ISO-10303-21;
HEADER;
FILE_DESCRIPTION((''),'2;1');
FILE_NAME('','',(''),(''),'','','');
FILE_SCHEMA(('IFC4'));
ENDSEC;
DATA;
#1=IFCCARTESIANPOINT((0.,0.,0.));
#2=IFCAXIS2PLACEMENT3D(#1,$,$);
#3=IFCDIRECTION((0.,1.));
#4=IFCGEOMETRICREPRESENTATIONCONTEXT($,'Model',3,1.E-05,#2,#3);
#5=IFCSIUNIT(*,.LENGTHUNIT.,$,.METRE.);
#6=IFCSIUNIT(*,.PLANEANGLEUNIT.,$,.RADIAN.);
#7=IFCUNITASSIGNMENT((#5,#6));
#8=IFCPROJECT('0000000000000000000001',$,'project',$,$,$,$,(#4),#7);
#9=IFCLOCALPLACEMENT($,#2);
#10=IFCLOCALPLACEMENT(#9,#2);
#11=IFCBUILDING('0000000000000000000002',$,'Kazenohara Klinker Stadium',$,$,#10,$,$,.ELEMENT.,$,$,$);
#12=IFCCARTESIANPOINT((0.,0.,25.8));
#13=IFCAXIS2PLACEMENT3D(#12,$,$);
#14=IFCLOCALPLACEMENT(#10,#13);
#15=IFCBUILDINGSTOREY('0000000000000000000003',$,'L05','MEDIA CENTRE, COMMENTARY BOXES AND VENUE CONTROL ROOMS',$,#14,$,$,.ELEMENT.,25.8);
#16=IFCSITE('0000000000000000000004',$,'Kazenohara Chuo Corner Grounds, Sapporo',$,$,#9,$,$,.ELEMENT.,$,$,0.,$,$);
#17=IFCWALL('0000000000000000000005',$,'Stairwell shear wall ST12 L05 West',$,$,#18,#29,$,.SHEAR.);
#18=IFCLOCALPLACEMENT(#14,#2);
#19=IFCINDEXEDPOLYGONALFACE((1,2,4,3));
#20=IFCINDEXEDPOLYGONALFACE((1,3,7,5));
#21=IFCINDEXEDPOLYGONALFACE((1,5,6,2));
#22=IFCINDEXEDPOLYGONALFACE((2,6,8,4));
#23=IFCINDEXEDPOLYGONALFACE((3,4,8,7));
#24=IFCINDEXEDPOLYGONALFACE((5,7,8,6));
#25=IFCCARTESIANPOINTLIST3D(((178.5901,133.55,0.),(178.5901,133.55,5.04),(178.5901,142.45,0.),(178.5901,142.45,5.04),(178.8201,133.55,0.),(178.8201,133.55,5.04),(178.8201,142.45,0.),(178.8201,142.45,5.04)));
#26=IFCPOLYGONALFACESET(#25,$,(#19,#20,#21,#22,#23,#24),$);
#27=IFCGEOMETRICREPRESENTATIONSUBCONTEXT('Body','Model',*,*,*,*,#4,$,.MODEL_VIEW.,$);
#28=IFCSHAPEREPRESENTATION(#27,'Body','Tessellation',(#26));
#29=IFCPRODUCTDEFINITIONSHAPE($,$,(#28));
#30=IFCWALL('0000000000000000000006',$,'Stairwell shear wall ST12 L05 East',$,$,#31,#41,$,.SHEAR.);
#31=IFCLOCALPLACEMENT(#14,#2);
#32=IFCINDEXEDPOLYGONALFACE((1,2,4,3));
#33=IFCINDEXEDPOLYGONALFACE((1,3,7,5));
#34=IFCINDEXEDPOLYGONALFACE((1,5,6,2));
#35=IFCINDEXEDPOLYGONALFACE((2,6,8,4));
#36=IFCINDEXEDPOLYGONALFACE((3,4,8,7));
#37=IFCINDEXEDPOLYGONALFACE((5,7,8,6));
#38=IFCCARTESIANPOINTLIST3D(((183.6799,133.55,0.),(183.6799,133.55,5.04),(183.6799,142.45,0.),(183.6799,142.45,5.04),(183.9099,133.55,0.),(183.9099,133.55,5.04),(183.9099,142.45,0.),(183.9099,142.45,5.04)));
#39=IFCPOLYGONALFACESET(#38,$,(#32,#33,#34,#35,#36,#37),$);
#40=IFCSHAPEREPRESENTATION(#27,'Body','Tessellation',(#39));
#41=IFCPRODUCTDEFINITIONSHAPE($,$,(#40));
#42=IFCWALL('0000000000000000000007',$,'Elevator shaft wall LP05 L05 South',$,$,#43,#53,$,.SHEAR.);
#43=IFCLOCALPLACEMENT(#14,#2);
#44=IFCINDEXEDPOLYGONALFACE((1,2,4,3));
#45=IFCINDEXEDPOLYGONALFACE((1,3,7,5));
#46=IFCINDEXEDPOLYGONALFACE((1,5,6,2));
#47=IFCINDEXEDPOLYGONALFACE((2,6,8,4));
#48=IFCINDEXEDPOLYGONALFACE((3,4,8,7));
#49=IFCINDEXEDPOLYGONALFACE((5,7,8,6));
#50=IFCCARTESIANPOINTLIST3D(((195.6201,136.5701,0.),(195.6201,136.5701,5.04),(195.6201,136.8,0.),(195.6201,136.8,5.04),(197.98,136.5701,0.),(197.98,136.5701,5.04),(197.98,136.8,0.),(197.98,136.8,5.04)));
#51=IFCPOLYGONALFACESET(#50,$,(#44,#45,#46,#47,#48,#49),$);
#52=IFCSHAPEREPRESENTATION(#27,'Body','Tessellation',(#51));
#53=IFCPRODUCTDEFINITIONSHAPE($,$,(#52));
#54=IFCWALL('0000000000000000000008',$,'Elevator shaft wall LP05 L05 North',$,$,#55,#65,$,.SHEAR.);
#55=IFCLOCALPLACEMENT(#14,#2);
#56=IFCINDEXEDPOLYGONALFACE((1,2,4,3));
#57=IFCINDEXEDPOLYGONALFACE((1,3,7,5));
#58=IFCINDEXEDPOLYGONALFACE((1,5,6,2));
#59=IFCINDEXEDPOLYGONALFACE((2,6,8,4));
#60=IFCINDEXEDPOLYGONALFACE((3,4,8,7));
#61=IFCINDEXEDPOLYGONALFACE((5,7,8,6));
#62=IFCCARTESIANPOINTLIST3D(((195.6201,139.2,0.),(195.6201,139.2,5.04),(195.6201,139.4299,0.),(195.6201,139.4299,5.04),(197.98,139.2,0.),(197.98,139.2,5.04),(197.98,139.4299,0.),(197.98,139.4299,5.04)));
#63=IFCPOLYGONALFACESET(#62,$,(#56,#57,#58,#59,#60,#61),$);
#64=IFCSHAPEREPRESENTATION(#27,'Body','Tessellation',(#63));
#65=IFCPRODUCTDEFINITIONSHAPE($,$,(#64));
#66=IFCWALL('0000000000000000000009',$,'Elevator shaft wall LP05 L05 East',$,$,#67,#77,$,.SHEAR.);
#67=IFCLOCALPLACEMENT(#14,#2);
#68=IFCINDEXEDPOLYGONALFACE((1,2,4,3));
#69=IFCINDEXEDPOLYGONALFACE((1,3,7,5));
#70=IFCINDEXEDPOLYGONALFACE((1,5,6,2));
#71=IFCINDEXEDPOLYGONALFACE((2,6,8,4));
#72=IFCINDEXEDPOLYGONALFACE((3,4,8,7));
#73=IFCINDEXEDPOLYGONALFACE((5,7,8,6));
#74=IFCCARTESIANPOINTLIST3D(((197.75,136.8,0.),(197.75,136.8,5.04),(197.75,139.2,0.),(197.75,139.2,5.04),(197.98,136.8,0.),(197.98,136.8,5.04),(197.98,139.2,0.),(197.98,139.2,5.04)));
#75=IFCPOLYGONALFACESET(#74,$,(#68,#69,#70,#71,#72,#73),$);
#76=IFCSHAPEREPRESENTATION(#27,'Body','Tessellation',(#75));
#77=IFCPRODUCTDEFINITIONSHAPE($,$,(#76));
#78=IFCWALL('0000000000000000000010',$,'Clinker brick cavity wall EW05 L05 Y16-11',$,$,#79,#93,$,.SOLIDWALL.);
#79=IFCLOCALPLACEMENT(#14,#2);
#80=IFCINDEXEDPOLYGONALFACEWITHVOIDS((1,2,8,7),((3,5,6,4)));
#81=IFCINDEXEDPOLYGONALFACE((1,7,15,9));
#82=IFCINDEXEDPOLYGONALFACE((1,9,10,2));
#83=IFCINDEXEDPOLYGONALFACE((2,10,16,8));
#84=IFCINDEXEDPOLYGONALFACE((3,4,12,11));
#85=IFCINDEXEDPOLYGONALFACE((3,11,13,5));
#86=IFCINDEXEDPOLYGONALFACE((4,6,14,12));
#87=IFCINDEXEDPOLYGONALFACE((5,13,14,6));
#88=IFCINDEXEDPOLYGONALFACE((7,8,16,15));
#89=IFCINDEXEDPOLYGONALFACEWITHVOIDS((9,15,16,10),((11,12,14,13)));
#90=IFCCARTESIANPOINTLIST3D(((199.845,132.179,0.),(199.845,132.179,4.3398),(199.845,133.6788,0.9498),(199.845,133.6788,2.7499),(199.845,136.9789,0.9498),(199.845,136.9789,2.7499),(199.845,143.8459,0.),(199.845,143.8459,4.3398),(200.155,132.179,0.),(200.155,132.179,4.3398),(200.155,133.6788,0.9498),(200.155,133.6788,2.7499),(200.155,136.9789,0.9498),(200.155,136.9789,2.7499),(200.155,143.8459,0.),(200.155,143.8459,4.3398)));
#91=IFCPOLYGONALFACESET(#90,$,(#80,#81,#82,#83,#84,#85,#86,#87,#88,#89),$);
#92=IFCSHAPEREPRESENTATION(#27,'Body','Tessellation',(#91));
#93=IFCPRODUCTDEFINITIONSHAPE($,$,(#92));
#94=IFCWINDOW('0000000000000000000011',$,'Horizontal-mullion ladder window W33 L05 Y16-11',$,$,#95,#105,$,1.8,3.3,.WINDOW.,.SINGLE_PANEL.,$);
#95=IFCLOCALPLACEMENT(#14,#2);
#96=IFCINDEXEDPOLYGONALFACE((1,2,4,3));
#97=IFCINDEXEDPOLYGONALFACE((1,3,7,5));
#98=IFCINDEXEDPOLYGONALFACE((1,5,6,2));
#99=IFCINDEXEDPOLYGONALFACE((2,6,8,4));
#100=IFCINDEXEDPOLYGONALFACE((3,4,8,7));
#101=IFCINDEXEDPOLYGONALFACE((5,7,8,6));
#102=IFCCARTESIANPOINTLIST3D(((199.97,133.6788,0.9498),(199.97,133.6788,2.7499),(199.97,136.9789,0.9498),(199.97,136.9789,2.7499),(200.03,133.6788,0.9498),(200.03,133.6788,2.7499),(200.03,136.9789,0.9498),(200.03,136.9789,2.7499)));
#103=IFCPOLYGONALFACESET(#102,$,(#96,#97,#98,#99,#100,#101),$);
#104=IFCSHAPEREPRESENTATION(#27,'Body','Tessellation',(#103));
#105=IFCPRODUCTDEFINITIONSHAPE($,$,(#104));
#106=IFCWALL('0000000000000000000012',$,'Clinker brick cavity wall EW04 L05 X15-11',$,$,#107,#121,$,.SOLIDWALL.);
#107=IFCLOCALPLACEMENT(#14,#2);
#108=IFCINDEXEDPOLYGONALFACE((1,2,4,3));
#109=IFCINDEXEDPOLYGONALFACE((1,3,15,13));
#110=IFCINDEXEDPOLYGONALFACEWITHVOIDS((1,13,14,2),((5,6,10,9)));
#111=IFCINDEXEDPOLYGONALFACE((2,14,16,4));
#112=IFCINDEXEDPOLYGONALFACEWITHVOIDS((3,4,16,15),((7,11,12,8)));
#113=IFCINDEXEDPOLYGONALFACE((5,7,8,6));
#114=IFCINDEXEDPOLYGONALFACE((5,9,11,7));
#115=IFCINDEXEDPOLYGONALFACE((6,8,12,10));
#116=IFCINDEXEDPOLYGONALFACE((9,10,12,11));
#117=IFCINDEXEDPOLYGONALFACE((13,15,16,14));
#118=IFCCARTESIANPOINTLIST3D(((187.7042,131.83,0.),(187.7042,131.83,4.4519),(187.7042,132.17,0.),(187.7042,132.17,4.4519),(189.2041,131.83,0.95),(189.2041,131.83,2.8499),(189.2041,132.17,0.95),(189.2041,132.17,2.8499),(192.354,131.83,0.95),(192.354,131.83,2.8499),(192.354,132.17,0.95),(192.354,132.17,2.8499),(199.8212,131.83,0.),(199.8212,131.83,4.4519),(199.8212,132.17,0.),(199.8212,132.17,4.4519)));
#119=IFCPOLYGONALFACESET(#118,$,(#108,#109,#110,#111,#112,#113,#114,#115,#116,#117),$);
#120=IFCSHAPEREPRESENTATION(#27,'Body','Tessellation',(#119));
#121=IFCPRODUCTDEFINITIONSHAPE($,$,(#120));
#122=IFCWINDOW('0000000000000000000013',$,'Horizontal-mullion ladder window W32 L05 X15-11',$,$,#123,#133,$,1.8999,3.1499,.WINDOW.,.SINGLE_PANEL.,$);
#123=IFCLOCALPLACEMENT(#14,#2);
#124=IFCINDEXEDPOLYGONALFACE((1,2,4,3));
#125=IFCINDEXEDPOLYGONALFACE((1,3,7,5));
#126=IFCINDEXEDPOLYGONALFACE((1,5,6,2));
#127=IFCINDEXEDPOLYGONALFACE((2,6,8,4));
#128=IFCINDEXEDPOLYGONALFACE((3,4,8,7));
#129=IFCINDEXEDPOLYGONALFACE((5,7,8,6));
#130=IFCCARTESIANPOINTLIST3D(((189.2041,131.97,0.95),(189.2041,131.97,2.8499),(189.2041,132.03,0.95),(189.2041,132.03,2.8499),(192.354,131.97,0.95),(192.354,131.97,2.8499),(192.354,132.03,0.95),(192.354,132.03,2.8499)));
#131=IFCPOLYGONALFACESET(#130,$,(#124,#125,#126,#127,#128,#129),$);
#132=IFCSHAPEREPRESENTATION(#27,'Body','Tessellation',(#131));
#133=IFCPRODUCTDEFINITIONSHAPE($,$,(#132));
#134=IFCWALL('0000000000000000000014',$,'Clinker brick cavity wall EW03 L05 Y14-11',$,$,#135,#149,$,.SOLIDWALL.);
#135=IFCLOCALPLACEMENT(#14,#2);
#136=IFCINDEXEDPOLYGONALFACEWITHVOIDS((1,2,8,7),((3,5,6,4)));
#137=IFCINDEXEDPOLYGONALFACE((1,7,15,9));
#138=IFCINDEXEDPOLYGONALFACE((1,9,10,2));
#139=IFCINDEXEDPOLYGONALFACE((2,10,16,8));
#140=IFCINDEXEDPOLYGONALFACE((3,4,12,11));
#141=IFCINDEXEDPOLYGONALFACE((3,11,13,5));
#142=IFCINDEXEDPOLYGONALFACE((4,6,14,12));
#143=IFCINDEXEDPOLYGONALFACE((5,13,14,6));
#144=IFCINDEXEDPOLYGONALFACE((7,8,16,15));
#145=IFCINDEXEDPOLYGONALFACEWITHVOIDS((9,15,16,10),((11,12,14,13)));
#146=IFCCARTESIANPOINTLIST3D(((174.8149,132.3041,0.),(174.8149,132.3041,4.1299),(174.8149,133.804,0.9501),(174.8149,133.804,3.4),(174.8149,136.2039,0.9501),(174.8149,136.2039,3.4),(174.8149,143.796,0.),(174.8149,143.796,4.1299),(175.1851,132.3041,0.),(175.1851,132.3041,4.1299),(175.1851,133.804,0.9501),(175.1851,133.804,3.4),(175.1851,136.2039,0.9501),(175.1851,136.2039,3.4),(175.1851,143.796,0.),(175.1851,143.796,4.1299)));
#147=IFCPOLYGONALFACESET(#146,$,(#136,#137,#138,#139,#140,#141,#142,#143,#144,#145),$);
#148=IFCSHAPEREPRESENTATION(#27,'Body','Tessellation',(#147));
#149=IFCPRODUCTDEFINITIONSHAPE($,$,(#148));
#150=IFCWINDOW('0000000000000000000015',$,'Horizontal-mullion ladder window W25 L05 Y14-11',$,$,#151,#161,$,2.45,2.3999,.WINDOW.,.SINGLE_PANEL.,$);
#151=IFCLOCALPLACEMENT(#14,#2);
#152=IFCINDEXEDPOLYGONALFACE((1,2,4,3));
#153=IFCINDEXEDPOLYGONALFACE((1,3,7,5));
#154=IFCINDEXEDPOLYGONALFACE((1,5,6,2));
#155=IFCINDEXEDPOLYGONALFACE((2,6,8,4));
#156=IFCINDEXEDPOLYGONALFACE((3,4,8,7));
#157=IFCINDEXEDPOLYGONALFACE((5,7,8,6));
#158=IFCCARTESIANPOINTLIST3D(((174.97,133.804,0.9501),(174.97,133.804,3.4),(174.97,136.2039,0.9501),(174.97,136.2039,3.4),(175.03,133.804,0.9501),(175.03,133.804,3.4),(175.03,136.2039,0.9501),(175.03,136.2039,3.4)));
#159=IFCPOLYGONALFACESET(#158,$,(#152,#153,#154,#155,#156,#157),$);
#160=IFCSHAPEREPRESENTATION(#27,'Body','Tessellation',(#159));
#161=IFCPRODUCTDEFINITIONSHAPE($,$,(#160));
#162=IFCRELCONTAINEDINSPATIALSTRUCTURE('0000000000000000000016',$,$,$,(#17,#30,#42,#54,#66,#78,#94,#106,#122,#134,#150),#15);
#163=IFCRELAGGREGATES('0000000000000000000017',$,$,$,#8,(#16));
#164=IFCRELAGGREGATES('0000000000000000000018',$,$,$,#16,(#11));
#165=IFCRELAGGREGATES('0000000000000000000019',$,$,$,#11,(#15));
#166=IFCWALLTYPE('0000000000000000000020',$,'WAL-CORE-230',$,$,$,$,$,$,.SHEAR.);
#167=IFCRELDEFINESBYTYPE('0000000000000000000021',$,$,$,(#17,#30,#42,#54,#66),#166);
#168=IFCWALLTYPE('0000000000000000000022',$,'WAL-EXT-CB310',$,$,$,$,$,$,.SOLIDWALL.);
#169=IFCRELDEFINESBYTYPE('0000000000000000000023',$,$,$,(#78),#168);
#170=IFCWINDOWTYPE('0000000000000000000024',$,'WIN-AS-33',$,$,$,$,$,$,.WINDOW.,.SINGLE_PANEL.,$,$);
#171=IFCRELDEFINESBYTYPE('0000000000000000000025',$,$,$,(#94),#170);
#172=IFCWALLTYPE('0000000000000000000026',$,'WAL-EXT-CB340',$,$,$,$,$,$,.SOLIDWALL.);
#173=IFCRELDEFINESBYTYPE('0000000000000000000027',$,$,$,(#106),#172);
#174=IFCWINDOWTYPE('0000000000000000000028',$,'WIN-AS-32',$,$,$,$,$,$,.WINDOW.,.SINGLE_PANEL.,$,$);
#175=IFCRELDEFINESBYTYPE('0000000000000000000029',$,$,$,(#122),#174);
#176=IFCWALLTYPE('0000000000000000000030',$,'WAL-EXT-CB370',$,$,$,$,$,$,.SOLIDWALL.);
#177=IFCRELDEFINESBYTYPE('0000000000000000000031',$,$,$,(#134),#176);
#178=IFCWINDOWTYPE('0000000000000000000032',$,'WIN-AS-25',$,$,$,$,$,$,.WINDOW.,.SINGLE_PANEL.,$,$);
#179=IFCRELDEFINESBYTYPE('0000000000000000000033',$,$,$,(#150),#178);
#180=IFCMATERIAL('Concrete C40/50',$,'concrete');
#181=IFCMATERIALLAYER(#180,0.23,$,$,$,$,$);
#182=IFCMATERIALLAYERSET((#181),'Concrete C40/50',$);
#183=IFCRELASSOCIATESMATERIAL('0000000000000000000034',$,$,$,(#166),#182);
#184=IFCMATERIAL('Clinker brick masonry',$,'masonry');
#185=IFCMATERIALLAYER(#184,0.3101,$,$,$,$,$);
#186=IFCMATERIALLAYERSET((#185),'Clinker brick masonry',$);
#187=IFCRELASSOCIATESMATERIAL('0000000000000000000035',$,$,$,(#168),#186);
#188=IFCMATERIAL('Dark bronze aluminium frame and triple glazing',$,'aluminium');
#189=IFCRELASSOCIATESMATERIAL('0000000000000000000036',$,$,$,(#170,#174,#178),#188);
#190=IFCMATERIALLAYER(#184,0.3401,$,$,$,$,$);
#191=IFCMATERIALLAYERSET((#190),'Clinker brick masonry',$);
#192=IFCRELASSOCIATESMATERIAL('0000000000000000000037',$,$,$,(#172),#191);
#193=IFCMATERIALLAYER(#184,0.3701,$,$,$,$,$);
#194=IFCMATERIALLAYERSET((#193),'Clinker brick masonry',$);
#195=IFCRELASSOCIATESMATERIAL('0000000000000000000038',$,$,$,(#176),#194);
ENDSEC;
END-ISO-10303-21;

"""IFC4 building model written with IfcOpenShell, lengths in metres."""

from ifc_helpers import new_model, si_unit, direction, frame, frame_2d, origin, place, context, subcontext, project, spatial, rectangle, extrude, material, layer, layer_set, type_object, element, fill, save


model = new_model("IFC4")

# Units and contexts
model_context = context("Model", 3, precision=1e-05, world=origin(), true_north=direction((0.0, 1.0)))
body_context = subcontext(model_context, "Body", "Model", "MODEL_VIEW")
ifc_project = project(units=[si_unit("LENGTHUNIT", "METRE"), si_unit("PLANEANGLEUNIT", "RADIAN")], contexts=[model_context])

# Site, building, storey
site_placement = place(None, origin())
site = spatial("IfcSite", under=ifc_project, at=site_placement, Name="Kazenohara Chuo Corner Grounds, Sapporo", CompositionType="ELEMENT", RefElevation=0.0)
building_placement = place(site_placement, origin())
building = spatial("IfcBuilding", under=site, at=building_placement, Name="Kazenohara Klinker Stadium", CompositionType="ELEMENT")
storey_placement = place(building_placement, frame((0.0, 0.0, 25.8)))
storey = spatial("IfcBuildingStorey", under=building, at=storey_placement, Name="L05", Description="MEDIA CENTRE, COMMENTARY BOXES AND VENUE CONTROL ROOMS", CompositionType="ELEMENT", Elevation=25.8)

# Shared definitions
ifc_material_1 = material(Name="Concrete C40/50", Category="concrete")

# Shared definitions
ifc_layer_1 = layer(ifc_material_1, 0.23)
ifc_layer_set_1 = layer_set([ifc_layer_1], Name="Concrete C40/50")
wall_type_1 = type_object("IfcWallType", Name="WAL-CORE-230", PredefinedType="SHEAR", material=ifc_layer_set_1)

# Walls
for number, where, z_axis, x_axis, name in (
    (1, (178.7051, 133.55, 0.0), (0.0, 0.0, 1.0), (0.0, 1.0, 0.0), "Stairwell shear wall ST12 L05 West"),
    (2, (183.7949, 133.55, 0.0), (0.0, 0.0, 1.0), (0.0, 1.0, 0.0), "Stairwell shear wall ST12 L05 East"),
):
    element("IfcWall", number, at=place(storey_placement, frame(where, z_axis=z_axis, x_axis=x_axis)), inside=storey, type_object=wall_type_1, Name=name, PredefinedType="SHEAR", context=body_context, shape_type="SweptSolid", body=[
        extrude(rectangle(XDim=8.8999, YDim=0.23, at=frame_2d((4.45, 0.0))), origin(), (0.0, 0.0, 1.0), 5.04),
    ])
for number, where, z_axis, x_axis, name in (
    (3, (195.6201, 136.6851, 0.0), (0.0, 0.0, 1.0), (1.0, 0.0, 0.0), "Elevator shaft wall LP05 L05 South"),
    (4, (195.6201, 139.3149, 0.0), (0.0, 0.0, 1.0), (1.0, 0.0, 0.0), "Elevator shaft wall LP05 L05 North"),
):
    element("IfcWall", number, at=place(storey_placement, frame(where, z_axis=z_axis, x_axis=x_axis)), inside=storey, type_object=wall_type_1, Name=name, PredefinedType="SHEAR", context=body_context, shape_type="SweptSolid", body=[
        extrude(rectangle(XDim=2.3599, YDim=0.23, at=frame_2d((1.1799, 0.0))), origin(), (0.0, 0.0, 1.0), 5.04),
    ])

# Wall
wall_1_placement = place(storey_placement, frame((197.865, 136.8, 0.0), z_axis=(0.0, 0.0, 1.0), x_axis=(0.0, 1.0, 0.0)))
element("IfcWall", 5, at=wall_1_placement, inside=storey, type_object=wall_type_1, Name="Elevator shaft wall LP05 L05 East", PredefinedType="SHEAR", context=body_context, shape_type="SweptSolid", body=[
    extrude(rectangle(XDim=2.3999, YDim=0.23, at=frame_2d((1.2, 0.0))), origin(), (0.0, 0.0, 1.0), 5.04),
])

# Walls, openings, windows
ifc_material_2 = material(Name="Clinker brick masonry", Category="masonry")
ifc_layer_2 = layer(ifc_material_2, 0.3101)
ifc_layer_set_2 = layer_set([ifc_layer_2], Name="Clinker brick masonry")
wall_type_2 = type_object("IfcWallType", Name="WAL-EXT-CB310", PredefinedType="SOLIDWALL", material=ifc_layer_set_2)
wall_2_placement = place(storey_placement, frame((200.0, 132.179, 0.0), z_axis=(0.0, 0.0, 1.0), x_axis=(0.0, 1.0, 0.0)))
wall_2 = element("IfcWall", 6, at=wall_2_placement, inside=storey, type_object=wall_type_2, Name="Clinker brick cavity wall EW05 L05 Y16-11", PredefinedType="SOLIDWALL", context=body_context, shape_type="SweptSolid", body=[
    extrude(rectangle(XDim=11.667, YDim=0.3101, at=frame_2d((5.8335, 0.0))), origin(), (0.0, 0.0, 1.0), 4.3398),
])
opening_1_placement = place(wall_2_placement, frame((1.5, 0.0, 0.95)))
opening_1 = element("IfcOpeningElement", 7, at=opening_1_placement, cuts=wall_2, PredefinedType="OPENING", context=body_context, shape_type="SweptSolid", body=[
    extrude(rectangle(XDim=3.3, YDim=1.8, at=frame_2d((1.6499, 0.8999))), frame((0.0, 0.165, 0.0), z_axis=(0.0, -1.0, 0.0), x_axis=(1.0, 0.0, 0.0)), (0.0, 0.0, 1.0), 0.3301),
])
ifc_material_3 = material(Name="Dark bronze aluminium frame and triple glazing", Category="aluminium")
window_type_1 = type_object("IfcWindowType", Name="WIN-AS-33", PartitioningType="SINGLE_PANEL", PredefinedType="WINDOW", material=ifc_material_3)
window_1_placement = place(opening_1_placement, origin())
window_1 = element("IfcWindow", 8, at=window_1_placement, inside=storey, type_object=window_type_1, Name="Horizontal-mullion ladder window W33 L05 Y16-11", OverallHeight=1.8, OverallWidth=3.3, PartitioningType="SINGLE_PANEL", PredefinedType="WINDOW", context=body_context, shape_type="SweptSolid", body=[
    extrude(rectangle(XDim=3.3, YDim=1.8, at=frame_2d((1.6499, 0.8999))), frame((0.0, 0.03, 0.0), z_axis=(0.0, -1.0, 0.0), x_axis=(1.0, 0.0, 0.0)), (0.0, 0.0, 1.0), 0.0601),
])
fill(opening_1, window_1)
ifc_layer_3 = layer(ifc_material_2, 0.3401)
ifc_layer_set_3 = layer_set([ifc_layer_3], Name="Clinker brick masonry")
wall_type_3 = type_object("IfcWallType", Name="WAL-EXT-CB340", PredefinedType="SOLIDWALL", material=ifc_layer_set_3)
wall_3_placement = place(storey_placement, frame((187.7041, 132.0, 0.0), z_axis=(0.0, 0.0, 1.0), x_axis=(1.0, 0.0, 0.0)))
wall_3 = element("IfcWall", 9, at=wall_3_placement, inside=storey, type_object=wall_type_3, Name="Clinker brick cavity wall EW04 L05 X15-11", PredefinedType="SOLIDWALL", context=body_context, shape_type="SweptSolid", body=[
    extrude(rectangle(XDim=12.1169, YDim=0.3401, at=frame_2d((6.0586, 0.0))), origin(), (0.0, 0.0, 1.0), 4.4519),
])
opening_2_placement = place(wall_3_placement, frame((1.5, 0.0, 0.95)))
opening_2 = element("IfcOpeningElement", 10, at=opening_2_placement, cuts=wall_3, PredefinedType="OPENING", context=body_context, shape_type="SweptSolid", body=[
    extrude(rectangle(XDim=3.1499, YDim=1.8999, at=frame_2d((1.575, 0.95))), frame((0.0, 0.1802, 0.0), z_axis=(0.0, -1.0, 0.0), x_axis=(1.0, 0.0, 0.0)), (0.0, 0.0, 1.0), 0.3601),
])
window_type_2 = type_object("IfcWindowType", Name="WIN-AS-32", PartitioningType="SINGLE_PANEL", PredefinedType="WINDOW", material=ifc_material_3)
window_2_placement = place(opening_2_placement, origin())
window_2 = element("IfcWindow", 11, at=window_2_placement, inside=storey, type_object=window_type_2, Name="Horizontal-mullion ladder window W32 L05 X15-11", OverallHeight=1.8999, OverallWidth=3.1499, PartitioningType="SINGLE_PANEL", PredefinedType="WINDOW", context=body_context, shape_type="SweptSolid", body=[
    extrude(rectangle(XDim=3.1499, YDim=1.8999, at=frame_2d((1.575, 0.95))), frame((0.0, 0.03, 0.0), z_axis=(0.0, -1.0, 0.0), x_axis=(1.0, 0.0, 0.0)), (0.0, 0.0, 1.0), 0.0601),
])
fill(opening_2, window_2)
ifc_layer_4 = layer(ifc_material_2, 0.3701)
ifc_layer_set_4 = layer_set([ifc_layer_4], Name="Clinker brick masonry")
wall_type_4 = type_object("IfcWallType", Name="WAL-EXT-CB370", PredefinedType="SOLIDWALL", material=ifc_layer_set_4)
wall_4_placement = place(storey_placement, frame((175.0, 132.304, 0.0), z_axis=(0.0, 0.0, 1.0), x_axis=(0.0, 1.0, 0.0)))
wall_4 = element("IfcWall", 12, at=wall_4_placement, inside=storey, type_object=wall_type_4, Name="Clinker brick cavity wall EW03 L05 Y14-11", PredefinedType="SOLIDWALL", context=body_context, shape_type="SweptSolid", body=[
    extrude(rectangle(XDim=11.4919, YDim=0.3701, at=frame_2d((5.7461, 0.0))), origin(), (0.0, 0.0, 1.0), 4.1299),
])
opening_3_placement = place(wall_4_placement, frame((1.5, 0.0, 0.95)))
opening_3 = element("IfcOpeningElement", 13, at=opening_3_placement, cuts=wall_4, PredefinedType="OPENING", context=body_context, shape_type="SweptSolid", body=[
    extrude(rectangle(XDim=2.3999, YDim=2.45, at=frame_2d((1.2, 1.2251))), frame((0.0, 0.1951, 0.0), z_axis=(0.0, -1.0, 0.0), x_axis=(1.0, 0.0, 0.0)), (0.0, 0.0, 1.0), 0.3901),
])
window_type_3 = type_object("IfcWindowType", Name="WIN-AS-25", PartitioningType="SINGLE_PANEL", PredefinedType="WINDOW", material=ifc_material_3)
window_3_placement = place(opening_3_placement, origin())
window_3 = element("IfcWindow", 14, at=window_3_placement, inside=storey, type_object=window_type_3, Name="Horizontal-mullion ladder window W25 L05 Y14-11", OverallHeight=2.45, OverallWidth=2.3999, PartitioningType="SINGLE_PANEL", PredefinedType="WINDOW", context=body_context, shape_type="SweptSolid", body=[
    extrude(rectangle(XDim=2.3999, YDim=2.45, at=frame_2d((1.2, 1.2251))), frame((0.0, 0.03, 0.0), z_axis=(0.0, -1.0, 0.0), x_axis=(1.0, 0.0, 0.0)), (0.0, 0.0, 1.0), 0.0601),
])
fill(opening_3, window_3)

save(model, "model.ifc")
